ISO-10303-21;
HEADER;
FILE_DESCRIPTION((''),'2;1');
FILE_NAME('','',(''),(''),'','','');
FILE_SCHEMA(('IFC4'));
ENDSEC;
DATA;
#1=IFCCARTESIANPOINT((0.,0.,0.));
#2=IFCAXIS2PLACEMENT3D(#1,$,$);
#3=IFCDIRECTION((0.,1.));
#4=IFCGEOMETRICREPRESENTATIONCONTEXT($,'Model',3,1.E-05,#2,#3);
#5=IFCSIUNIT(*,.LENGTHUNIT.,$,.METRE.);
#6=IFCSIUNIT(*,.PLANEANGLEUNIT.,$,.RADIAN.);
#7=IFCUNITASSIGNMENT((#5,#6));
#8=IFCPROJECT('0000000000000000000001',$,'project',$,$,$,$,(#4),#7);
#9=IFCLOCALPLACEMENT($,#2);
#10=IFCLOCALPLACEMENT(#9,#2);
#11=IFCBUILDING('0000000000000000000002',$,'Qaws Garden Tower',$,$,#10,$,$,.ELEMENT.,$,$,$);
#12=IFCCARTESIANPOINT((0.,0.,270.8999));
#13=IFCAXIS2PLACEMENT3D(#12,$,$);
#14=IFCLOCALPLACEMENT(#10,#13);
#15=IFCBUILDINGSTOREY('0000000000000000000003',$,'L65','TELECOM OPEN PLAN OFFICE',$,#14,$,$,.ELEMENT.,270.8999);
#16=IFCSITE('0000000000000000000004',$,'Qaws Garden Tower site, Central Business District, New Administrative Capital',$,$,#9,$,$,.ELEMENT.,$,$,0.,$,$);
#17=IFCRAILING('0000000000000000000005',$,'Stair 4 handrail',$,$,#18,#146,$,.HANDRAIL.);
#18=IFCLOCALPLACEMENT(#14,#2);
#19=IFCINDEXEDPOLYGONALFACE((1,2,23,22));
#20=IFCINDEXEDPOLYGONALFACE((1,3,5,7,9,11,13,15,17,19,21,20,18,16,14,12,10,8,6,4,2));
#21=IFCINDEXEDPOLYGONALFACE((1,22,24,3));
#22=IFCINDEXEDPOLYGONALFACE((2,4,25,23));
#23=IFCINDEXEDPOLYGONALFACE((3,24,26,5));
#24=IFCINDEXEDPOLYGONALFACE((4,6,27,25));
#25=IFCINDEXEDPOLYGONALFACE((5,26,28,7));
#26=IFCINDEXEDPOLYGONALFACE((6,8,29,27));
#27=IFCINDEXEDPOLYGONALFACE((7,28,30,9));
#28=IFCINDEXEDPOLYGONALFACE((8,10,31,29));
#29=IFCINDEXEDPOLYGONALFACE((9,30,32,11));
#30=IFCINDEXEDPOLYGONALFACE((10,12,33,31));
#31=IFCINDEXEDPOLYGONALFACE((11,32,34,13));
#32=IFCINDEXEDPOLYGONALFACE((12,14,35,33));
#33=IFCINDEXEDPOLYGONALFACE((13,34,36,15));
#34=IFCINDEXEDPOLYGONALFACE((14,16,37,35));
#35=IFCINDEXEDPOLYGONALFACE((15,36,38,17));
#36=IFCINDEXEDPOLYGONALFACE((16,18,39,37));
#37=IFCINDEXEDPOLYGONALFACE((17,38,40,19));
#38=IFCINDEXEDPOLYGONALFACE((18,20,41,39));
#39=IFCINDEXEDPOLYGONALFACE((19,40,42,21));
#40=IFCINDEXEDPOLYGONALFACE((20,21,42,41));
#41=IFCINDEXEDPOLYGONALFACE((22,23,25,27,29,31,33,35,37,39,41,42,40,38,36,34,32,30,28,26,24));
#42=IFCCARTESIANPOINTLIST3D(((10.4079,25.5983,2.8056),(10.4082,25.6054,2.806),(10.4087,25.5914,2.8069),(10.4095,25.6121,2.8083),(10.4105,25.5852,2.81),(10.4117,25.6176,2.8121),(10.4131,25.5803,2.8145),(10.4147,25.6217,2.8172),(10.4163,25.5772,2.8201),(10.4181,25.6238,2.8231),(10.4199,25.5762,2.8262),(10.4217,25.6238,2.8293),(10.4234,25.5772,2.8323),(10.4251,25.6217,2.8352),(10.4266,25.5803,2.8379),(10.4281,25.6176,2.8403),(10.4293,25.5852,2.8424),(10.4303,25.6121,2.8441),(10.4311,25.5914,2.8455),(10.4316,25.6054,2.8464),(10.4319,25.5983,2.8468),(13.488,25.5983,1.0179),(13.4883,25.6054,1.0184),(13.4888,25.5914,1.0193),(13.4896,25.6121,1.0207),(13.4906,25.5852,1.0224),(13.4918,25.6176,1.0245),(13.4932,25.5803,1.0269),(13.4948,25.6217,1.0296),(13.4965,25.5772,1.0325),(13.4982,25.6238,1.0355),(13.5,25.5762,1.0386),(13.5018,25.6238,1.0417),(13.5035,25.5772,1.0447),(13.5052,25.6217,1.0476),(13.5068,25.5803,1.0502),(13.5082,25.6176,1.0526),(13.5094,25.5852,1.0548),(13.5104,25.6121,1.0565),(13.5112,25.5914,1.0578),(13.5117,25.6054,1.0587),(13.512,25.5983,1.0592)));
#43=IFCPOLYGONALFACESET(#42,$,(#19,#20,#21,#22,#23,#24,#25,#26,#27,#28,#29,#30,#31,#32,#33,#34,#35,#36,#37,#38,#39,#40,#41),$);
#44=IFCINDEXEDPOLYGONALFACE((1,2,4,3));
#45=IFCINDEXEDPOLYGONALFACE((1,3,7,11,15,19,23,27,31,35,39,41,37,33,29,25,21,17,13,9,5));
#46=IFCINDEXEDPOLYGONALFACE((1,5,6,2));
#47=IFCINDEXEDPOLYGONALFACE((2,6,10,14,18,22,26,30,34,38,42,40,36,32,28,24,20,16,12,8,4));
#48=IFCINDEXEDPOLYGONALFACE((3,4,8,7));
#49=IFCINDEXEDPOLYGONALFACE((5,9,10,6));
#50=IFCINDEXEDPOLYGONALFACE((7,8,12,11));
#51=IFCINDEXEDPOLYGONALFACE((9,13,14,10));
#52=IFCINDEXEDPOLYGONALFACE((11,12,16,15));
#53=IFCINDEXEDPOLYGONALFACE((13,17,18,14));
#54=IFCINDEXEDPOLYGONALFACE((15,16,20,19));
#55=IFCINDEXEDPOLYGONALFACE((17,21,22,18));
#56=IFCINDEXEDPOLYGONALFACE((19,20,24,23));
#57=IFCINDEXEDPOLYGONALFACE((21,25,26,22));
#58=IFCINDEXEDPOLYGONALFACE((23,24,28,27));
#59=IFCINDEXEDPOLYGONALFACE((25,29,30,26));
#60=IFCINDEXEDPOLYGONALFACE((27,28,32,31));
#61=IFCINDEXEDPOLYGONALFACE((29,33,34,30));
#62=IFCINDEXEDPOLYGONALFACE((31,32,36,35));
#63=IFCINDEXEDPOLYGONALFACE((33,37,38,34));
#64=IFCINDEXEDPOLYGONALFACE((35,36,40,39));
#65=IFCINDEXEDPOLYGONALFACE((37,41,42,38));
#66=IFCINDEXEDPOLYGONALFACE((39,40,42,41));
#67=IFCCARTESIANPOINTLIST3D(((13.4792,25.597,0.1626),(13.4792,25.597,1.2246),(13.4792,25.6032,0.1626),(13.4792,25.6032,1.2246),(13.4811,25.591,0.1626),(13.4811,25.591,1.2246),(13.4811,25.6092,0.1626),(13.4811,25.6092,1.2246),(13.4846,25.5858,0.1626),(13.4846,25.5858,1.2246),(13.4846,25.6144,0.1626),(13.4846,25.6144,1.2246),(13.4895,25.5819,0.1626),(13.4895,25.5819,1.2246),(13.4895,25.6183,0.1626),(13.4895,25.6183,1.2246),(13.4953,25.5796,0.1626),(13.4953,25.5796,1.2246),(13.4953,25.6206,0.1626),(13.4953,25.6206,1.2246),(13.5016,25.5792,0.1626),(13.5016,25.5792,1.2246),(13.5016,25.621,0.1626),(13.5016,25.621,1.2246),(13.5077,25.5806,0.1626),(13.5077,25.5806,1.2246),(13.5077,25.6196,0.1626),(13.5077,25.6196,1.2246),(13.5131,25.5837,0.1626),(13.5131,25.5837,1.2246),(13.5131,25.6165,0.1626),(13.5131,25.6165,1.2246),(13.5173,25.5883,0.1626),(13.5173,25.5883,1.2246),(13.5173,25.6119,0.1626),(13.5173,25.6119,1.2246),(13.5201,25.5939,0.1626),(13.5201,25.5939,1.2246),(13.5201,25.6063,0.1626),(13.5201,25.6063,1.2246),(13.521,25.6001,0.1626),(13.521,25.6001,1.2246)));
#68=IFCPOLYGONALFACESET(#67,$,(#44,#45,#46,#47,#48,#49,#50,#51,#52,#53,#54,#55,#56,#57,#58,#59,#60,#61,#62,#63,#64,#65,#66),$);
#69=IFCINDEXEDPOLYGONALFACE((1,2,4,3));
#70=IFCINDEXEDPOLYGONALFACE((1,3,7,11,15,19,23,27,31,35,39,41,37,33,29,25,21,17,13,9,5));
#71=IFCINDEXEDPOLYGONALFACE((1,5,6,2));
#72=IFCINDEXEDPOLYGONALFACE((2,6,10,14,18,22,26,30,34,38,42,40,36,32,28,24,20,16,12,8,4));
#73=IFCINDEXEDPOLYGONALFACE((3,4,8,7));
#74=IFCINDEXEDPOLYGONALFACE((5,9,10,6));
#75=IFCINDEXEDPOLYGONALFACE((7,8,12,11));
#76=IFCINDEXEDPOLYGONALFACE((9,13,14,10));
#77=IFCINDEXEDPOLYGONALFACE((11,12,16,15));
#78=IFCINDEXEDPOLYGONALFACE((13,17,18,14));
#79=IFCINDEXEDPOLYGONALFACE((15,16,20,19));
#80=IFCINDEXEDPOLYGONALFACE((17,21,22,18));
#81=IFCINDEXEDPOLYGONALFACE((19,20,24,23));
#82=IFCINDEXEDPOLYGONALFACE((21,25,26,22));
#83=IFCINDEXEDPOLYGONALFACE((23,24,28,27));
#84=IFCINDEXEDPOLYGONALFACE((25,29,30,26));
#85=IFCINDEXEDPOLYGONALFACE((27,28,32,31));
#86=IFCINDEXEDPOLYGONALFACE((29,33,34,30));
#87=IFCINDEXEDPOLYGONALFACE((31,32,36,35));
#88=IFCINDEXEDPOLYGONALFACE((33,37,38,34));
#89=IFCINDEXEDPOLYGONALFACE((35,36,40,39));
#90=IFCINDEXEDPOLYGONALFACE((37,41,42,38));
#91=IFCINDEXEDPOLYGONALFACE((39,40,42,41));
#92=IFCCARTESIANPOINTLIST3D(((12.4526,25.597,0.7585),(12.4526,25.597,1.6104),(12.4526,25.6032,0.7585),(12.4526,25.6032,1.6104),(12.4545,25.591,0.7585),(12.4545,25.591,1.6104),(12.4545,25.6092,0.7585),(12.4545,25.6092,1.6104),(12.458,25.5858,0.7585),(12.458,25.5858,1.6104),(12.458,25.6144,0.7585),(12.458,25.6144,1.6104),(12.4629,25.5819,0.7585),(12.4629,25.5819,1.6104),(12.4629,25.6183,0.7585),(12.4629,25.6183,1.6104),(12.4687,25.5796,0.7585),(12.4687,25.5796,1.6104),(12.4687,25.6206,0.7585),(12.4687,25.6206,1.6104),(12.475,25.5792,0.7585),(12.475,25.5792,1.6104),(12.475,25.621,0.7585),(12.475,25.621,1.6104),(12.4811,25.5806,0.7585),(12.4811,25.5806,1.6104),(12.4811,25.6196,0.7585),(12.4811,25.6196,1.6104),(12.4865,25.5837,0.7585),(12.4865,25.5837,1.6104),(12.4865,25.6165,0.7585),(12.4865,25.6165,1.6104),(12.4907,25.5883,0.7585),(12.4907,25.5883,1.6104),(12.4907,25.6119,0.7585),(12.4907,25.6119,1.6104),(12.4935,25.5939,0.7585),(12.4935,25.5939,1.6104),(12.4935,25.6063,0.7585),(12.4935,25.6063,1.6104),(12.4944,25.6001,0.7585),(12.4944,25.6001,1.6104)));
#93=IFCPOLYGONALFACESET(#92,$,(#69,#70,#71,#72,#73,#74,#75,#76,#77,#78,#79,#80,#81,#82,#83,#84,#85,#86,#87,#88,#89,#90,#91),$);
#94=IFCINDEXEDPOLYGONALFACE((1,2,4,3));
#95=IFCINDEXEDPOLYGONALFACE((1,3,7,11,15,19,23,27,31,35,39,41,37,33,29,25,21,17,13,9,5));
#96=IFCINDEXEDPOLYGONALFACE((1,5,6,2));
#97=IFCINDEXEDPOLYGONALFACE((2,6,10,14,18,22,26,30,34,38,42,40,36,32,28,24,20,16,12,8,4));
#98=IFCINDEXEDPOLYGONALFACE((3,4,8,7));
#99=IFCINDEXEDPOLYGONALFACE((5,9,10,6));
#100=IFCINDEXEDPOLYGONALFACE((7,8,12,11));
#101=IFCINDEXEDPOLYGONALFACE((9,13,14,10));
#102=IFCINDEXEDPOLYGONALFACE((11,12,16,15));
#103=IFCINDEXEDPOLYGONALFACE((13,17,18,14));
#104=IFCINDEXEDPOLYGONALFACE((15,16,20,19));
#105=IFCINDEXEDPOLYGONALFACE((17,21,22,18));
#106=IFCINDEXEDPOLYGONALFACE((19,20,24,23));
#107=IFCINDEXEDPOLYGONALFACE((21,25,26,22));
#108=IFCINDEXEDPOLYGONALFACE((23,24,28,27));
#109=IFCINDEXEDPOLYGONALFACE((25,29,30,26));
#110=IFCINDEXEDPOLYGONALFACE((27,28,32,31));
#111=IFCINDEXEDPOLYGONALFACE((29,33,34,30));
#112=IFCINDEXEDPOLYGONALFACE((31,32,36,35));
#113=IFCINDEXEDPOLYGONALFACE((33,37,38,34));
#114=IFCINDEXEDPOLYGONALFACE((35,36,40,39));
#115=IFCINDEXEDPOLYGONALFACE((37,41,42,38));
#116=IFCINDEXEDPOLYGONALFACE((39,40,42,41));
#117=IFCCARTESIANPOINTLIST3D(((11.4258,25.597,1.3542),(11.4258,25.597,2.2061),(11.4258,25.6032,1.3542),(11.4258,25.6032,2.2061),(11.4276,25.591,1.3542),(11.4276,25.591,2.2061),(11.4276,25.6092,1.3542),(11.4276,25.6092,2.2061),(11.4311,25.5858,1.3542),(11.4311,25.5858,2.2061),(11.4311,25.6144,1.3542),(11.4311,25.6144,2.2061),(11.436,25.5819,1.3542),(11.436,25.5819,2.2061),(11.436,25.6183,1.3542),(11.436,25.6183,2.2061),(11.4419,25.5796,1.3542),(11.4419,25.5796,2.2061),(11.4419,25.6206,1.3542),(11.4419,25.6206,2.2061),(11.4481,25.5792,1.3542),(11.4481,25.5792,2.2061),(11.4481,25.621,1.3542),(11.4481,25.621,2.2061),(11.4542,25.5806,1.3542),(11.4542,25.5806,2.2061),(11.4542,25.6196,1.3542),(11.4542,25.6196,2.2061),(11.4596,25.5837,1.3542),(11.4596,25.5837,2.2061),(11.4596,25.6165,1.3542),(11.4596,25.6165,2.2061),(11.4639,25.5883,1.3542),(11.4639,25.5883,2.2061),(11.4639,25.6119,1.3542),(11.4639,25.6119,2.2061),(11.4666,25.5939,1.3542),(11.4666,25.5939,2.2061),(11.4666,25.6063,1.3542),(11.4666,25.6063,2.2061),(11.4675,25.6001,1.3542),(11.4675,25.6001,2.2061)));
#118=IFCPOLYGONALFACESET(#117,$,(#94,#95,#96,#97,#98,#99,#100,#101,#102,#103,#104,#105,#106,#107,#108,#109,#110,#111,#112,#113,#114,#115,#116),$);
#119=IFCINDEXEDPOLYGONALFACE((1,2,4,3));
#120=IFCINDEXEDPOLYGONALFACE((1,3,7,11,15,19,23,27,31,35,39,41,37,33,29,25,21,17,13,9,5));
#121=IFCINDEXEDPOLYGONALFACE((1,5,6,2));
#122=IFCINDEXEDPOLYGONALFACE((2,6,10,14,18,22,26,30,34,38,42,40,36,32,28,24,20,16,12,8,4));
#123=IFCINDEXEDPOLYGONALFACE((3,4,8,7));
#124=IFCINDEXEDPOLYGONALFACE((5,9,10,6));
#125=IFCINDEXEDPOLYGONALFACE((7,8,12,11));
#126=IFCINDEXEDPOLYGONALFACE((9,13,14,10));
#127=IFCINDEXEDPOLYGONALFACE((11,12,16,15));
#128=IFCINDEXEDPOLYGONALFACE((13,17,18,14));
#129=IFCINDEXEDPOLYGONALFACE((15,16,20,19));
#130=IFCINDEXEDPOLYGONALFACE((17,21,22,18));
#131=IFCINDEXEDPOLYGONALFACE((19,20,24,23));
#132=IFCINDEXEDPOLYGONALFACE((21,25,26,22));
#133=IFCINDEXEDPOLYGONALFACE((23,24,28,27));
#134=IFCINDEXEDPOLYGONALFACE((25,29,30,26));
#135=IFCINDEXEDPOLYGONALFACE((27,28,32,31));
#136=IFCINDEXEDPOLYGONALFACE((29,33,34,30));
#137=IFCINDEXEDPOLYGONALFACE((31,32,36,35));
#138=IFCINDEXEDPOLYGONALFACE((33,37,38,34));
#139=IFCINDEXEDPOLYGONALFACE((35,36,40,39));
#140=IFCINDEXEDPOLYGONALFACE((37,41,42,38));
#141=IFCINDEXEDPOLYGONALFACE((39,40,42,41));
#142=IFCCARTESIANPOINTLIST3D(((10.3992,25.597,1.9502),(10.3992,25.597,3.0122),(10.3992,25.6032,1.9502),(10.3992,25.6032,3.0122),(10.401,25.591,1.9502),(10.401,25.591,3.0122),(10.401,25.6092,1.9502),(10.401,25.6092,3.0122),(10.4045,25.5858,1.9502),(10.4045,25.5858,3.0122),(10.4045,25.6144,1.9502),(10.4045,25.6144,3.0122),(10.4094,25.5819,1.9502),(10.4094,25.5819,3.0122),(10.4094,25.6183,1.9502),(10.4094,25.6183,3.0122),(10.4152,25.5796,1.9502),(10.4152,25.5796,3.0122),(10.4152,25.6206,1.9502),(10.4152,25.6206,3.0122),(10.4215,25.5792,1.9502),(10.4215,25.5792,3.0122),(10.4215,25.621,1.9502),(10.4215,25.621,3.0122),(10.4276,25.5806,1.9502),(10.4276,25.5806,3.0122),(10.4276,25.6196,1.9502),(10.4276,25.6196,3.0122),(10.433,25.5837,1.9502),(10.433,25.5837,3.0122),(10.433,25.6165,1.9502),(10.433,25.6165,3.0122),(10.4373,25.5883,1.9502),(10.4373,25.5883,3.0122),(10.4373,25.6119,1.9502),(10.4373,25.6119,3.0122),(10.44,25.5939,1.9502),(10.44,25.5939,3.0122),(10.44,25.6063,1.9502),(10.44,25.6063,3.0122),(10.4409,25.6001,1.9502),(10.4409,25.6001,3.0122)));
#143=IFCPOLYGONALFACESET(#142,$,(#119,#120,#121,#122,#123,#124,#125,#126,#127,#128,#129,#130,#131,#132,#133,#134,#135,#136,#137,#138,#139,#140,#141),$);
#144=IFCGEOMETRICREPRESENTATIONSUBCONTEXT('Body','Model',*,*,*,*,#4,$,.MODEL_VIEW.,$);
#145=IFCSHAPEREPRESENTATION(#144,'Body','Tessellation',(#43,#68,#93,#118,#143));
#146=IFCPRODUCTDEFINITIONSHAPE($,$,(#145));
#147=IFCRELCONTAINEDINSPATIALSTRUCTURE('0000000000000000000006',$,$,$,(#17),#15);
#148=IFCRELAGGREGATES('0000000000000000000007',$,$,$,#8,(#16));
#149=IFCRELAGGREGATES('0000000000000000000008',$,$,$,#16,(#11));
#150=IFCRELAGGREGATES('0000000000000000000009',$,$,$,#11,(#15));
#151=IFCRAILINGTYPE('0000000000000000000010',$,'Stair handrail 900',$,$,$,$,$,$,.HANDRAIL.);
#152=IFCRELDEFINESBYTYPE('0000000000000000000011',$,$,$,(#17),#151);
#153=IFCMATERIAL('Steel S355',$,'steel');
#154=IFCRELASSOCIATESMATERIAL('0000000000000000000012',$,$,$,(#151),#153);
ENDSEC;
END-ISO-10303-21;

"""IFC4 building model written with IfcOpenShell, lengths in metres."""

from ifc_helpers import new_model, si_unit, direction, frame, origin, origin_2d, place, context, subcontext, project, spatial, circle, extrude, material, type_object, element, save


model = new_model("IFC4")

# Units and contexts
model_context = context("Model", 3, precision=1e-05, world=origin(), true_north=direction((0.0, 1.0)))
body_context = subcontext(model_context, "Body", "Model", "MODEL_VIEW")
ifc_project = project(units=[si_unit("LENGTHUNIT", "METRE"), si_unit("PLANEANGLEUNIT", "RADIAN")], contexts=[model_context])

# Site, building, storey
site_placement = place(None, origin())
site = spatial("IfcSite", under=ifc_project, at=site_placement, Name="Qaws Garden Tower site, Central Business District, New Administrative Capital", CompositionType="ELEMENT", RefElevation=0.0)
building_placement = place(site_placement, origin())
building = spatial("IfcBuilding", under=site, at=building_placement, Name="Qaws Garden Tower", CompositionType="ELEMENT")
storey_placement = place(building_placement, frame((0.0, 0.0, 270.8999)))
storey = spatial("IfcBuildingStorey", under=building, at=storey_placement, Name="L65", Description="TELECOM OPEN PLAN OFFICE", CompositionType="ELEMENT", Elevation=270.8999)

# Railing
ifc_material_1 = material(Name="Steel S355", Category="steel")
railing_type = type_object("IfcRailingType", Name="Stair handrail 900", PredefinedType="HANDRAIL", material=ifc_material_1)
railing_1_placement = place(storey_placement, frame((13.5, 25.6001, 0.1626)))
element("IfcRailing", 1, at=railing_1_placement, inside=storey, type_object=railing_type, Name="Stair 4 handrail", PredefinedType="HANDRAIL", context=body_context, shape_type="SweptSolid", body=[
    extrude(circle(Radius=0.0239, at=origin_2d()), frame((0.0, 0.0, 0.876), z_axis=(-0.864891, 0.0, 0.50196), x_axis=(0.0, -1.0, 0.0)), (0.0, 0.0, 1.0), 3.5613),
    extrude(circle(Radius=0.021, at=origin_2d()), origin(), (0.0, 0.0, 1.0), 1.062),
    extrude(circle(Radius=0.021, at=origin_2d()), frame((-1.0266, 0.0, 0.5959)), (0.0, 0.0, 1.0), 0.8518),
    extrude(circle(Radius=0.021, at=origin_2d()), frame((-2.0535, 0.0, 1.1917)), (0.0, 0.0, 1.0), 0.8518),
    extrude(circle(Radius=0.021, at=origin_2d()), frame((-3.0801, 0.0, 1.7876)), (0.0, 0.0, 1.0), 1.062),
])

save(model, "model.ifc")
